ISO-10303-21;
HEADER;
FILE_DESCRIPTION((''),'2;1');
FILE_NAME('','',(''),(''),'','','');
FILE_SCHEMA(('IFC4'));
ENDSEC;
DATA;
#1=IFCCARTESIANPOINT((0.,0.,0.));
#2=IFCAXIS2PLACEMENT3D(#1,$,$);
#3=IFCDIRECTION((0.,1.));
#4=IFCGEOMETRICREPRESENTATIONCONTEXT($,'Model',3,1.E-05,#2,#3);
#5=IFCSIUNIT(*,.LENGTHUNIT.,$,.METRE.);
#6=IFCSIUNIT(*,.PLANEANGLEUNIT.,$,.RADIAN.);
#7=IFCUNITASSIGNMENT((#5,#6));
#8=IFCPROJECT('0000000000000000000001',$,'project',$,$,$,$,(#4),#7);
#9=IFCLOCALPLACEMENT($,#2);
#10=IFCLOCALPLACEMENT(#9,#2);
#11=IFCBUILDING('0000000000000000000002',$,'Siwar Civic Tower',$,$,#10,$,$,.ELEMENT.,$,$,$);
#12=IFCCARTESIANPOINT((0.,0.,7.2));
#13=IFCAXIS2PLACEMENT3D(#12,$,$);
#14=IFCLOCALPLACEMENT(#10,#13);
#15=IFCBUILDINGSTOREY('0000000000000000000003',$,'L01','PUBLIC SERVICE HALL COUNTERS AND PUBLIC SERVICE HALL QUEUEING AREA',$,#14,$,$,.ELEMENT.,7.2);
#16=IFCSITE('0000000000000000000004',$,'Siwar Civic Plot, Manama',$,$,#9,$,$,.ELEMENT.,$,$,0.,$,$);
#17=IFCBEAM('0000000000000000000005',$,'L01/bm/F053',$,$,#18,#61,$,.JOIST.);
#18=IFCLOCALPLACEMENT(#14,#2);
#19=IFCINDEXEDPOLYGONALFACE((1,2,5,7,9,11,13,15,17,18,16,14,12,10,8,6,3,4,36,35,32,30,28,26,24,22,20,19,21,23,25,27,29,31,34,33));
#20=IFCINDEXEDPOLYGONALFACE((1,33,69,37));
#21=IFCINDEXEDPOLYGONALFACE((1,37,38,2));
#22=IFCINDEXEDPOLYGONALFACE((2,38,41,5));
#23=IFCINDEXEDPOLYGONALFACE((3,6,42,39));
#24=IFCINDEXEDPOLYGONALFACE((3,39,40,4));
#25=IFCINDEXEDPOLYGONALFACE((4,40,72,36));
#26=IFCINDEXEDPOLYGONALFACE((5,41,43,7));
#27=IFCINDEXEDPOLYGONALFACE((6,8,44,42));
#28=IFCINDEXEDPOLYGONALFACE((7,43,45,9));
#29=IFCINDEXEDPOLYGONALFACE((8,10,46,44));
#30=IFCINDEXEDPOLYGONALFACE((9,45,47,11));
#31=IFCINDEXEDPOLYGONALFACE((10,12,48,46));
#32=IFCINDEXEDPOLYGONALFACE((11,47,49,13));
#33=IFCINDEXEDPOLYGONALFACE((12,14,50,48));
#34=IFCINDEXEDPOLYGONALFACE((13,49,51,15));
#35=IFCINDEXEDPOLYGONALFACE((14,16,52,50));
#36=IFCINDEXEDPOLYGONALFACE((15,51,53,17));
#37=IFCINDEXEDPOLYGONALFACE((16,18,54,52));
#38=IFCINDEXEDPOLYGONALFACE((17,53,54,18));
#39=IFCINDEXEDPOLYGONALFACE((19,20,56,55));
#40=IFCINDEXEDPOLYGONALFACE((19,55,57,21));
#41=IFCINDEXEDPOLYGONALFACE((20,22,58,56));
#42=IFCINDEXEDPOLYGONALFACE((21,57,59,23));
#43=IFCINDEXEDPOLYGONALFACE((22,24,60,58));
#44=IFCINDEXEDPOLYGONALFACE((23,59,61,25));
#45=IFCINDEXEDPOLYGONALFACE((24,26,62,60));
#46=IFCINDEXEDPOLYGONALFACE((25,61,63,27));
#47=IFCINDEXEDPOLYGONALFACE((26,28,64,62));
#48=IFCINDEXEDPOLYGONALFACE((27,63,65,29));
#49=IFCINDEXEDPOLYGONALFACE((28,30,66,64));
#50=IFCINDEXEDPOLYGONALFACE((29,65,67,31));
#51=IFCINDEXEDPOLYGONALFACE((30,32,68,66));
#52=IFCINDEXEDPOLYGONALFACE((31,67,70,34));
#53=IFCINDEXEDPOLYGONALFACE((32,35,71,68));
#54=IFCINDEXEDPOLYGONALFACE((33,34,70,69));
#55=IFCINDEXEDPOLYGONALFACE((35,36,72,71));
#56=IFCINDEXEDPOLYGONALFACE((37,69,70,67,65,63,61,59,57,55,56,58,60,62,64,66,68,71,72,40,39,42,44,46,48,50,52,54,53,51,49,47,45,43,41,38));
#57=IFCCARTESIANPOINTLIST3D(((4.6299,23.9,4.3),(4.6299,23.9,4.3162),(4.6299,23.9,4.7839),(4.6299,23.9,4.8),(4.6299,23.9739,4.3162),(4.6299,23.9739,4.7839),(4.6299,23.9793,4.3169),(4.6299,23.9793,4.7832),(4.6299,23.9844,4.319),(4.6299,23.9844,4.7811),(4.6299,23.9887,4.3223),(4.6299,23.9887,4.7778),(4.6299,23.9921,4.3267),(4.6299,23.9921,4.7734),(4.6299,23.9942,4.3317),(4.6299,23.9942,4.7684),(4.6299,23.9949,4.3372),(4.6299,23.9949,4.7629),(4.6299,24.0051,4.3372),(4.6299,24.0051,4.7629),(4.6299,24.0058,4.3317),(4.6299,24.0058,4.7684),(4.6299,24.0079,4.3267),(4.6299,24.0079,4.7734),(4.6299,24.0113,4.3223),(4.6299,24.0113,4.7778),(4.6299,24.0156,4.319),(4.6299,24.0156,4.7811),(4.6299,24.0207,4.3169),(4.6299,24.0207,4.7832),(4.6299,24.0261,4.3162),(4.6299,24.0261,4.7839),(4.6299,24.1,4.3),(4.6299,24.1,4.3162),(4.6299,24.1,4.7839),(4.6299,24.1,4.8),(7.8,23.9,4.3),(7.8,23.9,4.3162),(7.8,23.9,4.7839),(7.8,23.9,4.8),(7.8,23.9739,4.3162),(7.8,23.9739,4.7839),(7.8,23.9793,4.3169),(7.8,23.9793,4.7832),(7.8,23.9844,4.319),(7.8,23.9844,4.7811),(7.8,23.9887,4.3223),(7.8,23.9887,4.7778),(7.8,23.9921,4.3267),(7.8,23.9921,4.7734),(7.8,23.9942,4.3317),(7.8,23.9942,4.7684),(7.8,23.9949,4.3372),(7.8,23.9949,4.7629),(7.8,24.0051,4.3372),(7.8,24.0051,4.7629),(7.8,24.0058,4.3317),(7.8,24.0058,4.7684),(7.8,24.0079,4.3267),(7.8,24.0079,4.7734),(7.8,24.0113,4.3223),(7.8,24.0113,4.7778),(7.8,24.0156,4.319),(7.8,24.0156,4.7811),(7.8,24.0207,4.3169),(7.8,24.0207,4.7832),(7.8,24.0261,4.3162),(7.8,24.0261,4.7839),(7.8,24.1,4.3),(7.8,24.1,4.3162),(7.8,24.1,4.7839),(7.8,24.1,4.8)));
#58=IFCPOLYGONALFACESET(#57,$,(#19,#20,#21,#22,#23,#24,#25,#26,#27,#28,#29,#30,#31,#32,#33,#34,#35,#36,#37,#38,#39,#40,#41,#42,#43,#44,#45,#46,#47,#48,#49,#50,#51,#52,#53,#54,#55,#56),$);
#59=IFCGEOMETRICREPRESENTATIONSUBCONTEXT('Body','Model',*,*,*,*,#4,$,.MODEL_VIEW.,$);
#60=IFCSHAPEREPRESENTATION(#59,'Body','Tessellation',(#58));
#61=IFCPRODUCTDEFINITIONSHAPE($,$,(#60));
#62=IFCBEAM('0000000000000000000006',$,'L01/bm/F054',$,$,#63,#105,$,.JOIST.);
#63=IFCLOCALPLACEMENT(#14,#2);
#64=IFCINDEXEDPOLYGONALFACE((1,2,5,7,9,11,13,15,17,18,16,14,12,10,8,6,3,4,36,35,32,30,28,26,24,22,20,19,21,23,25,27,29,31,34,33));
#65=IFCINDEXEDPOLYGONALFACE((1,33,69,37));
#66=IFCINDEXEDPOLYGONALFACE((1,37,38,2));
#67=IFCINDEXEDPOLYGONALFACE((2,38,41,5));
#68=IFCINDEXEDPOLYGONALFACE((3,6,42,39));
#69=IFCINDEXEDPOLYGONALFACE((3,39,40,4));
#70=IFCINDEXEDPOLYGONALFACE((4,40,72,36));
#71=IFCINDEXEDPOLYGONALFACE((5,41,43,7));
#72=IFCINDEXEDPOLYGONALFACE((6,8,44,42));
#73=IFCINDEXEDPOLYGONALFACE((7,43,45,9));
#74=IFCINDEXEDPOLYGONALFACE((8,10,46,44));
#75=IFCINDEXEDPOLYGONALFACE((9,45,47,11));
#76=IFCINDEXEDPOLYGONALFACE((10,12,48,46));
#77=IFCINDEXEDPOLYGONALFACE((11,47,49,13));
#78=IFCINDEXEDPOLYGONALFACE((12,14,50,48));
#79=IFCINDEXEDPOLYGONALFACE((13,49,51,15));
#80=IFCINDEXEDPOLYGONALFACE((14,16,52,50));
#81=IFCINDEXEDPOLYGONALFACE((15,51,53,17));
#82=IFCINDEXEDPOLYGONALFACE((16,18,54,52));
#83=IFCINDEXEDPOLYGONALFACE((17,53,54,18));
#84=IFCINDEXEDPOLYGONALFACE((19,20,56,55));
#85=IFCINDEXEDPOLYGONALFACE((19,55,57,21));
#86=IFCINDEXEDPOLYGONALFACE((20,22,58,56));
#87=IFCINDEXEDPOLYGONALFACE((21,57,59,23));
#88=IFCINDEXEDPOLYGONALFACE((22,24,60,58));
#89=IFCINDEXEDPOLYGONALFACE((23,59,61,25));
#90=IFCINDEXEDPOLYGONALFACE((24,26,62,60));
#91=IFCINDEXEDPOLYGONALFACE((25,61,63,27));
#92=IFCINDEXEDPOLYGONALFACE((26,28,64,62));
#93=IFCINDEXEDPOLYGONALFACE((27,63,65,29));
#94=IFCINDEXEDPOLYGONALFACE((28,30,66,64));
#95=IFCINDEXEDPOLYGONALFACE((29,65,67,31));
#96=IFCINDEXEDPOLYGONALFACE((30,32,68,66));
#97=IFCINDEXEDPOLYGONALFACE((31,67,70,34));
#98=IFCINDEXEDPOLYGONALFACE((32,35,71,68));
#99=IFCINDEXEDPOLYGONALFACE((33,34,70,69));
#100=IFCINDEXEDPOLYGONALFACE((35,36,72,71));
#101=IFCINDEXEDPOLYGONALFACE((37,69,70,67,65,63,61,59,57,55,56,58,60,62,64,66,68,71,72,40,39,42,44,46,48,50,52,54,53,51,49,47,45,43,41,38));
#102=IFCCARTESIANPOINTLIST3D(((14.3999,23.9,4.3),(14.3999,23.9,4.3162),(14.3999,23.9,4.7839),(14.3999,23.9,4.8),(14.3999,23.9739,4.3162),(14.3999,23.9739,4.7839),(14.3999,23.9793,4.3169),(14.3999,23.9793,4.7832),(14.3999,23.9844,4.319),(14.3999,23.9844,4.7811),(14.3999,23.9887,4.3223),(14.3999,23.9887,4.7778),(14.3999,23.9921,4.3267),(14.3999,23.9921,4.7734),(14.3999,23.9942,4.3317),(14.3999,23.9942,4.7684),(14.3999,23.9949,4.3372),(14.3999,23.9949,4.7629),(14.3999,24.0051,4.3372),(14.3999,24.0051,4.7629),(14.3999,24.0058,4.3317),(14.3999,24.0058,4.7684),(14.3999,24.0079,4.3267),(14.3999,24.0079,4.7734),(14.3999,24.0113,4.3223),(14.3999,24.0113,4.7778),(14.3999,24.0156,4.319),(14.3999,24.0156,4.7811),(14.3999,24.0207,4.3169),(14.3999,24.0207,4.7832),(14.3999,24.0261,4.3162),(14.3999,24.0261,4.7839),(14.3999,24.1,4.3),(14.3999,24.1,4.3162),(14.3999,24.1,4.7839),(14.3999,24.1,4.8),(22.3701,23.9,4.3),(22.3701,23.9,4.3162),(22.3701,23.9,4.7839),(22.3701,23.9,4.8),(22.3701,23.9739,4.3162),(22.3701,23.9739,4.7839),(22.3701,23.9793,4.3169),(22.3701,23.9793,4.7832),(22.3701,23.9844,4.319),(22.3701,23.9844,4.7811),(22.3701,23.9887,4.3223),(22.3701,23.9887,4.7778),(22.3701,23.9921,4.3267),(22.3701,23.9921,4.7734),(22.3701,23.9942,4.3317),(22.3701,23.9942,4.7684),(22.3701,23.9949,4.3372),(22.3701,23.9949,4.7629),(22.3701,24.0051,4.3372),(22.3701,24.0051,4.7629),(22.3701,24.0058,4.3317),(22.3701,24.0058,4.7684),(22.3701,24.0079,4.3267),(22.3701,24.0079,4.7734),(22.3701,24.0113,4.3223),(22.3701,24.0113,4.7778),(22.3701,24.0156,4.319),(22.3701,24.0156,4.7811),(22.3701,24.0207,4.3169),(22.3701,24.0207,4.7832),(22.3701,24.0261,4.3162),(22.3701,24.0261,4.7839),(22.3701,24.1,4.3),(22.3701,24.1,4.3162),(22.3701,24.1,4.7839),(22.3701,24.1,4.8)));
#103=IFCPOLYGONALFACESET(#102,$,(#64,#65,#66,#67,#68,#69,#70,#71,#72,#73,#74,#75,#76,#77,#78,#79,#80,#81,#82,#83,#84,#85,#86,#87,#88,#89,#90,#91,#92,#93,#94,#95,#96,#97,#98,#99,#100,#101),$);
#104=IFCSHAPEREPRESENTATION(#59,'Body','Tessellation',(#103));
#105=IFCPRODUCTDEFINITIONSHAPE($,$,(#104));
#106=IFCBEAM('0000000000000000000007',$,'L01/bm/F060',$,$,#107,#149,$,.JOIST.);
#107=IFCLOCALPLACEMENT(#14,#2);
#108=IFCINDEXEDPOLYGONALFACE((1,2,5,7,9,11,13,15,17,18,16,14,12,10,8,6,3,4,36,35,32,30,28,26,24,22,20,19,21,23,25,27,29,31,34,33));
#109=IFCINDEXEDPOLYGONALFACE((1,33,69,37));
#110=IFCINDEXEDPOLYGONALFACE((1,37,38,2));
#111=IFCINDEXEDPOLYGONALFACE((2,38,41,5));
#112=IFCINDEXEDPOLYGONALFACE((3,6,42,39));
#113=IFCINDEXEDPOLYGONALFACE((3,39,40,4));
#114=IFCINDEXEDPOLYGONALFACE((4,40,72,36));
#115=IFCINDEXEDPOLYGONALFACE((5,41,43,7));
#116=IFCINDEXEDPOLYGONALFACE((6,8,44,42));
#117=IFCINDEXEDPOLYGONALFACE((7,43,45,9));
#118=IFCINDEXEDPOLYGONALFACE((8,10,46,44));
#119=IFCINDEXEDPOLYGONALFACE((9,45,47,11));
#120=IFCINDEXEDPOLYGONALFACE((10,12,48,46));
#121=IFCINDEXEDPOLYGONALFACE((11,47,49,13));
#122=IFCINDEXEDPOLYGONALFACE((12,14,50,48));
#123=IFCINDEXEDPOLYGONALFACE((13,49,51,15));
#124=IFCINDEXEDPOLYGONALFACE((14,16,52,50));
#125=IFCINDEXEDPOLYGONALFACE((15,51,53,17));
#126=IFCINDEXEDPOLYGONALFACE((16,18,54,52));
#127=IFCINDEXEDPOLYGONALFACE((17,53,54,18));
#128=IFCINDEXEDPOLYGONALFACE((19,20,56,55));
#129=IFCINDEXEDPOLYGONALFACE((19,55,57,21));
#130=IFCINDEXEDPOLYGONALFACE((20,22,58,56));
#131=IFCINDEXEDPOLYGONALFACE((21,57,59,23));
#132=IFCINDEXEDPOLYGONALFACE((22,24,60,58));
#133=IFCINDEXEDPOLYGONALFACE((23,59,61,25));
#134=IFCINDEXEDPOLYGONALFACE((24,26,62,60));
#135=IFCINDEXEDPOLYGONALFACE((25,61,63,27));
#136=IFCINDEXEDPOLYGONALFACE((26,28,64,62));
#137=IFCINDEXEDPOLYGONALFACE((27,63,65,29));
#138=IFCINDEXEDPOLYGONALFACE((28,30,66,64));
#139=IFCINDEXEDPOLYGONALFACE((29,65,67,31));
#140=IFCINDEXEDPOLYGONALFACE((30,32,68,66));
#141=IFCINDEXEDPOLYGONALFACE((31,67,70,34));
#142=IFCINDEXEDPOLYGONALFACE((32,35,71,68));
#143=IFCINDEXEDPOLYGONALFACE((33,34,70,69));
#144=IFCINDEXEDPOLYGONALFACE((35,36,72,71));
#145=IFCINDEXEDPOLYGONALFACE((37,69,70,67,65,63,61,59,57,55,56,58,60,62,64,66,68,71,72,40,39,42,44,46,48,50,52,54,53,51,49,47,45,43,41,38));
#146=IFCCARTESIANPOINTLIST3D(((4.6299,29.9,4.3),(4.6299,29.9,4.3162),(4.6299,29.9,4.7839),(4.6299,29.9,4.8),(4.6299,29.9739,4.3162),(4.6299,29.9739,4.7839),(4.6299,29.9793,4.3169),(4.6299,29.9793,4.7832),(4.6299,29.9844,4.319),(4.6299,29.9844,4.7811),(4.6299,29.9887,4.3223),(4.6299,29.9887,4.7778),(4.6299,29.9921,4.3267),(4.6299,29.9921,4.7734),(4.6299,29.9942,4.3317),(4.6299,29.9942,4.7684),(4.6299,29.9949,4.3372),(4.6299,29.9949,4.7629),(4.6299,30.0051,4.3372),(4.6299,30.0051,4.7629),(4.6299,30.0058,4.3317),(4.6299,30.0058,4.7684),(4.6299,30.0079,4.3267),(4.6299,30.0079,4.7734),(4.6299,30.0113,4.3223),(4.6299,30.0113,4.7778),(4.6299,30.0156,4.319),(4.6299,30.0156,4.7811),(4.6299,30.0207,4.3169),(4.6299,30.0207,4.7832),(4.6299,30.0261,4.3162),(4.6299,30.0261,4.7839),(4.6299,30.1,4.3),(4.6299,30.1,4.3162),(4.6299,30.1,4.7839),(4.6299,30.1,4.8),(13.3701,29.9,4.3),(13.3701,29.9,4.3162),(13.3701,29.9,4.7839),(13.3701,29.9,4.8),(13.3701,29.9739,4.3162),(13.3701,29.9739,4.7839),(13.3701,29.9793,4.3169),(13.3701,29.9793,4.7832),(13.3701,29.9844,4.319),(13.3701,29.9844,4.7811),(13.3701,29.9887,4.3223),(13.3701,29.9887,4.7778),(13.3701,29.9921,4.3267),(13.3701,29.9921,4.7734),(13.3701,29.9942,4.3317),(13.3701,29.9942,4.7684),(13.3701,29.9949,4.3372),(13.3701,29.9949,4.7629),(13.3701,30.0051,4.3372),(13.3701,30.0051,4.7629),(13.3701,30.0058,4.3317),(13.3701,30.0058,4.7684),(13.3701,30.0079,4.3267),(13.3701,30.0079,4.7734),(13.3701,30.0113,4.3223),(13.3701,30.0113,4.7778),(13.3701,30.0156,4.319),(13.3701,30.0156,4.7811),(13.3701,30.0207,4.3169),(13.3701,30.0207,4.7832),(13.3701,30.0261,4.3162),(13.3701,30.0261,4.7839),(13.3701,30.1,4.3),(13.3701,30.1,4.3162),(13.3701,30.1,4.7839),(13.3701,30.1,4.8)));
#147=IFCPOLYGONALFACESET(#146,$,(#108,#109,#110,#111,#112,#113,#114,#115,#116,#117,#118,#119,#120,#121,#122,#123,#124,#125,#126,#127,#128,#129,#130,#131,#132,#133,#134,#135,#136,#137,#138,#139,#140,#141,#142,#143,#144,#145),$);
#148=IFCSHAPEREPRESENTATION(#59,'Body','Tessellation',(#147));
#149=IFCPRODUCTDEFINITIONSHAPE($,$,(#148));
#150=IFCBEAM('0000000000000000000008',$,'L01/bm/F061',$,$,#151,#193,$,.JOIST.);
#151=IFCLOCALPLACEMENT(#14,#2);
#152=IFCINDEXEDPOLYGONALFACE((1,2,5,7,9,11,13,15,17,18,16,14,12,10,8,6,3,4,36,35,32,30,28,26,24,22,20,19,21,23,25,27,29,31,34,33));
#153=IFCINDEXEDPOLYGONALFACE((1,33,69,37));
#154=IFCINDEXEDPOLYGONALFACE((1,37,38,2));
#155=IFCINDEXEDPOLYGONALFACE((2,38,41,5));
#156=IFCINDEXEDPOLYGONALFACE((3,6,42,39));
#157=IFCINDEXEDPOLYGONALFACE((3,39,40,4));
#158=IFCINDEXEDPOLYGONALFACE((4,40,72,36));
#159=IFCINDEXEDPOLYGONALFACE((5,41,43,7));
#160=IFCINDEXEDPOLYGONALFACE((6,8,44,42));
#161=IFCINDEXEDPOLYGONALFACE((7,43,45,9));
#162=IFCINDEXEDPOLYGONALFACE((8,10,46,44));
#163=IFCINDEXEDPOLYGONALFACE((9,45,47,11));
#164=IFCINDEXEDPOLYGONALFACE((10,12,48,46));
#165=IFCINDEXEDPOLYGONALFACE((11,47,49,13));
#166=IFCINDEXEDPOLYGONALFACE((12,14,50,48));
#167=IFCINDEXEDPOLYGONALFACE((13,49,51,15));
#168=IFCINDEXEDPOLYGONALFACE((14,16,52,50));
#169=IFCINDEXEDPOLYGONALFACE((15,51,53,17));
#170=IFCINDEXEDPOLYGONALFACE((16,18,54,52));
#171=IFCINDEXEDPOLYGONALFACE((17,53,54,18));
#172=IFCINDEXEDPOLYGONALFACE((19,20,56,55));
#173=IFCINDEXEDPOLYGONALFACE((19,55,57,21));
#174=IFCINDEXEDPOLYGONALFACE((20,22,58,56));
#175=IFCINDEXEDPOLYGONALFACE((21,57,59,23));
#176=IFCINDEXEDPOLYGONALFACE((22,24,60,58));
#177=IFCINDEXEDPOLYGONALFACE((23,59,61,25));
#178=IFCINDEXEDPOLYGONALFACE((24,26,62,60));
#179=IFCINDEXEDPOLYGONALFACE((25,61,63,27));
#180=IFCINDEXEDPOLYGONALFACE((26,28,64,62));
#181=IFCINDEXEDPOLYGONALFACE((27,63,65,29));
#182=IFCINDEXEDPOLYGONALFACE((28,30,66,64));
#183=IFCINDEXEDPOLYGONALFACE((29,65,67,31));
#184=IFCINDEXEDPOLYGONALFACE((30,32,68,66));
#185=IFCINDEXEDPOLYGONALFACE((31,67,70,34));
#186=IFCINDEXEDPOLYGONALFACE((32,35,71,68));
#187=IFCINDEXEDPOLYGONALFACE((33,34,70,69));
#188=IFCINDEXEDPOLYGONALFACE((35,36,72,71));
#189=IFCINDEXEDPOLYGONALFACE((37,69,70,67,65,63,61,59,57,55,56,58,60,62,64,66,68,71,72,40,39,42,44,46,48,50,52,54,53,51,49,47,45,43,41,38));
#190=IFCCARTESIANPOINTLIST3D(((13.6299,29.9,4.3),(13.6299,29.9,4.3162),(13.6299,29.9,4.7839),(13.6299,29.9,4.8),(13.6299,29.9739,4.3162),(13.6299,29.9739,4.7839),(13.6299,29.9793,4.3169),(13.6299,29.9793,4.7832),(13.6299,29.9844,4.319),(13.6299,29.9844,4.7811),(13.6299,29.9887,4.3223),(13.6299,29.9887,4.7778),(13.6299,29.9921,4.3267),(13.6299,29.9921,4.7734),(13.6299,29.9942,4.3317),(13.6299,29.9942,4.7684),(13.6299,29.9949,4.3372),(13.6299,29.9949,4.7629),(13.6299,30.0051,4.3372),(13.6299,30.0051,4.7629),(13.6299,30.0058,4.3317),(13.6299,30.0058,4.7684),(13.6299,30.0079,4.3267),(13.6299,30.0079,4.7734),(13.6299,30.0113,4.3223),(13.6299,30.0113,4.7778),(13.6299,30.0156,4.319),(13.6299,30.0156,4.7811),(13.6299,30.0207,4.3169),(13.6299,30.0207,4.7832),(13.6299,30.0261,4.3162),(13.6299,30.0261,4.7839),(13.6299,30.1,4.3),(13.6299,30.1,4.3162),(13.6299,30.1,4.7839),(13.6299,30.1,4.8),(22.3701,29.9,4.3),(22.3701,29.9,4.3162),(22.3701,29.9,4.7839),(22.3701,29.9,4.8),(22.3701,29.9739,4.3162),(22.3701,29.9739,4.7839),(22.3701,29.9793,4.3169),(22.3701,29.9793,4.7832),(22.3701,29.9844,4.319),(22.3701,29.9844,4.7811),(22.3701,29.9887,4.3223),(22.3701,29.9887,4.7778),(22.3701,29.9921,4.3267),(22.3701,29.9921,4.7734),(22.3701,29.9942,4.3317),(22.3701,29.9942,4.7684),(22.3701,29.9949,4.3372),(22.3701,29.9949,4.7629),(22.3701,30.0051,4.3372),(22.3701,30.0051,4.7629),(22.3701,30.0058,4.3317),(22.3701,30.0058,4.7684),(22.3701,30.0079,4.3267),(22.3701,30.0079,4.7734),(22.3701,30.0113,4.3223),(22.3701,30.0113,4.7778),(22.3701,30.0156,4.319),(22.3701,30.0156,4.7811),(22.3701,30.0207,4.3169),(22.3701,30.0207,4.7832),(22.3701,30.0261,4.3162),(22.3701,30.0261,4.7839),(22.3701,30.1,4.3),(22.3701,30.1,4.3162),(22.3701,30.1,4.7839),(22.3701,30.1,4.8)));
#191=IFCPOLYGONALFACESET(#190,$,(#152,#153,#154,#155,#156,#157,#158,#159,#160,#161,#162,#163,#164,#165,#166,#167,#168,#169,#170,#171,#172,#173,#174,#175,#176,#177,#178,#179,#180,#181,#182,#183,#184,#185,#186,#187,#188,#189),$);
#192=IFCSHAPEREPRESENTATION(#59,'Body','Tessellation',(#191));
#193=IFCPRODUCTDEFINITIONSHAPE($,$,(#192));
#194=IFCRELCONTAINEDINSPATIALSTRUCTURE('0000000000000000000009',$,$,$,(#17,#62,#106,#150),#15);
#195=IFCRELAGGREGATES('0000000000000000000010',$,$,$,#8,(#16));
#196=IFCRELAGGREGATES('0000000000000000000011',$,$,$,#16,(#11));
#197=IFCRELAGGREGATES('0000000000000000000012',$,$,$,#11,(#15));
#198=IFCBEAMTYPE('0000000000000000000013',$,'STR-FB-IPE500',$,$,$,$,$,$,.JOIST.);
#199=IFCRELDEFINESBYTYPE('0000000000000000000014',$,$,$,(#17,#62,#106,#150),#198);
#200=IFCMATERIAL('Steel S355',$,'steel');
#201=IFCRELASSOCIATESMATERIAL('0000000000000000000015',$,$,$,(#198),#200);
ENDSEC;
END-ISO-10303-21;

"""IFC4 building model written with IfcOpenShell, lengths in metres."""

from ifc_helpers import new_model, si_unit, direction, frame, origin, origin_2d, place, context, subcontext, project, spatial, i_section, extrude, material, material_profile, profile_set, type_object, element, save


model = new_model("IFC4")

# Units and contexts
model_context = context("Model", 3, precision=1e-05, world=origin(), true_north=direction((0.0, 1.0)))
body_context = subcontext(model_context, "Body", "Model", "MODEL_VIEW")
ifc_project = project(units=[si_unit("LENGTHUNIT", "METRE"), si_unit("PLANEANGLEUNIT", "RADIAN")], contexts=[model_context])

# Site, building, storey
site_placement = place(None, origin())
site = spatial("IfcSite", under=ifc_project, at=site_placement, Name="Siwar Civic Plot, Manama", CompositionType="ELEMENT", RefElevation=0.0)
building_placement = place(site_placement, origin())
building = spatial("IfcBuilding", under=site, at=building_placement, Name="Siwar Civic Tower", CompositionType="ELEMENT")
storey_placement = place(building_placement, frame((0.0, 0.0, 7.2)))
storey = spatial("IfcBuildingStorey", under=building, at=storey_placement, Name="L01", Description="PUBLIC SERVICE HALL COUNTERS AND PUBLIC SERVICE HALL QUEUEING AREA", CompositionType="ELEMENT", Elevation=7.2)

# Beams
ifc_material_1 = material(Name="Steel S355", Category="steel")
ifc_material_profile_1 = material_profile(ifc_material_1, i_section(OverallWidth=0.2, OverallDepth=0.5, WebThickness=0.0103, FlangeThickness=0.0161, FilletRadius=0.021, at=origin_2d()), Name="IPE500")
ifc_profile_set_1 = profile_set([ifc_material_profile_1], Name="Steel S355")
beam_type_1 = type_object("IfcBeamType", Name="STR-FB-IPE500", PredefinedType="JOIST", material=ifc_profile_set_1)
beam_1_placement = place(storey_placement, frame((4.6299, 24.0, 4.55), z_axis=(1.0, 0.0, 0.0), x_axis=(0.0, 1.0, 0.0)))
element("IfcBeam", 1, at=beam_1_placement, inside=storey, type_object=beam_type_1, Name="L01/bm/F053", PredefinedType="JOIST", context=body_context, shape_type="SweptSolid", body=[
    extrude(i_section(OverallWidth=0.2, OverallDepth=0.5, WebThickness=0.0103, FlangeThickness=0.0161, FilletRadius=0.021, at=origin_2d()), origin(), (0.0, 0.0, 1.0), 3.1702),
])
beam_2_placement = place(storey_placement, frame((14.3999, 24.0, 4.55), z_axis=(1.0, 0.0, 0.0), x_axis=(0.0, 1.0, 0.0)))
element("IfcBeam", 2, at=beam_2_placement, inside=storey, type_object=beam_type_1, Name="L01/bm/F054", PredefinedType="JOIST", context=body_context, shape_type="SweptSolid", body=[
    extrude(i_section(OverallWidth=0.2, OverallDepth=0.5, WebThickness=0.0103, FlangeThickness=0.0161, FilletRadius=0.021, at=origin_2d()), origin(), (0.0, 0.0, 1.0), 7.9702),
])
for number, where, z_axis, x_axis, name in (
    (3, (4.6299, 30.0, 4.55), (1.0, 0.0, 0.0), (0.0, 1.0, 0.0), "L01/bm/F060"),
    (4, (13.6299, 30.0, 4.55), (1.0, 0.0, 0.0), (0.0, 1.0, 0.0), "L01/bm/F061"),
):
    element("IfcBeam", number, at=place(storey_placement, frame(where, z_axis=z_axis, x_axis=x_axis)), inside=storey, type_object=beam_type_1, Name=name, PredefinedType="JOIST", context=body_context, shape_type="SweptSolid", body=[
        extrude(i_section(OverallWidth=0.2, OverallDepth=0.5, WebThickness=0.0103, FlangeThickness=0.0161, FilletRadius=0.021, at=origin_2d()), origin(), (0.0, 0.0, 1.0), 8.7402),
    ])

save(model, "model.ifc")
